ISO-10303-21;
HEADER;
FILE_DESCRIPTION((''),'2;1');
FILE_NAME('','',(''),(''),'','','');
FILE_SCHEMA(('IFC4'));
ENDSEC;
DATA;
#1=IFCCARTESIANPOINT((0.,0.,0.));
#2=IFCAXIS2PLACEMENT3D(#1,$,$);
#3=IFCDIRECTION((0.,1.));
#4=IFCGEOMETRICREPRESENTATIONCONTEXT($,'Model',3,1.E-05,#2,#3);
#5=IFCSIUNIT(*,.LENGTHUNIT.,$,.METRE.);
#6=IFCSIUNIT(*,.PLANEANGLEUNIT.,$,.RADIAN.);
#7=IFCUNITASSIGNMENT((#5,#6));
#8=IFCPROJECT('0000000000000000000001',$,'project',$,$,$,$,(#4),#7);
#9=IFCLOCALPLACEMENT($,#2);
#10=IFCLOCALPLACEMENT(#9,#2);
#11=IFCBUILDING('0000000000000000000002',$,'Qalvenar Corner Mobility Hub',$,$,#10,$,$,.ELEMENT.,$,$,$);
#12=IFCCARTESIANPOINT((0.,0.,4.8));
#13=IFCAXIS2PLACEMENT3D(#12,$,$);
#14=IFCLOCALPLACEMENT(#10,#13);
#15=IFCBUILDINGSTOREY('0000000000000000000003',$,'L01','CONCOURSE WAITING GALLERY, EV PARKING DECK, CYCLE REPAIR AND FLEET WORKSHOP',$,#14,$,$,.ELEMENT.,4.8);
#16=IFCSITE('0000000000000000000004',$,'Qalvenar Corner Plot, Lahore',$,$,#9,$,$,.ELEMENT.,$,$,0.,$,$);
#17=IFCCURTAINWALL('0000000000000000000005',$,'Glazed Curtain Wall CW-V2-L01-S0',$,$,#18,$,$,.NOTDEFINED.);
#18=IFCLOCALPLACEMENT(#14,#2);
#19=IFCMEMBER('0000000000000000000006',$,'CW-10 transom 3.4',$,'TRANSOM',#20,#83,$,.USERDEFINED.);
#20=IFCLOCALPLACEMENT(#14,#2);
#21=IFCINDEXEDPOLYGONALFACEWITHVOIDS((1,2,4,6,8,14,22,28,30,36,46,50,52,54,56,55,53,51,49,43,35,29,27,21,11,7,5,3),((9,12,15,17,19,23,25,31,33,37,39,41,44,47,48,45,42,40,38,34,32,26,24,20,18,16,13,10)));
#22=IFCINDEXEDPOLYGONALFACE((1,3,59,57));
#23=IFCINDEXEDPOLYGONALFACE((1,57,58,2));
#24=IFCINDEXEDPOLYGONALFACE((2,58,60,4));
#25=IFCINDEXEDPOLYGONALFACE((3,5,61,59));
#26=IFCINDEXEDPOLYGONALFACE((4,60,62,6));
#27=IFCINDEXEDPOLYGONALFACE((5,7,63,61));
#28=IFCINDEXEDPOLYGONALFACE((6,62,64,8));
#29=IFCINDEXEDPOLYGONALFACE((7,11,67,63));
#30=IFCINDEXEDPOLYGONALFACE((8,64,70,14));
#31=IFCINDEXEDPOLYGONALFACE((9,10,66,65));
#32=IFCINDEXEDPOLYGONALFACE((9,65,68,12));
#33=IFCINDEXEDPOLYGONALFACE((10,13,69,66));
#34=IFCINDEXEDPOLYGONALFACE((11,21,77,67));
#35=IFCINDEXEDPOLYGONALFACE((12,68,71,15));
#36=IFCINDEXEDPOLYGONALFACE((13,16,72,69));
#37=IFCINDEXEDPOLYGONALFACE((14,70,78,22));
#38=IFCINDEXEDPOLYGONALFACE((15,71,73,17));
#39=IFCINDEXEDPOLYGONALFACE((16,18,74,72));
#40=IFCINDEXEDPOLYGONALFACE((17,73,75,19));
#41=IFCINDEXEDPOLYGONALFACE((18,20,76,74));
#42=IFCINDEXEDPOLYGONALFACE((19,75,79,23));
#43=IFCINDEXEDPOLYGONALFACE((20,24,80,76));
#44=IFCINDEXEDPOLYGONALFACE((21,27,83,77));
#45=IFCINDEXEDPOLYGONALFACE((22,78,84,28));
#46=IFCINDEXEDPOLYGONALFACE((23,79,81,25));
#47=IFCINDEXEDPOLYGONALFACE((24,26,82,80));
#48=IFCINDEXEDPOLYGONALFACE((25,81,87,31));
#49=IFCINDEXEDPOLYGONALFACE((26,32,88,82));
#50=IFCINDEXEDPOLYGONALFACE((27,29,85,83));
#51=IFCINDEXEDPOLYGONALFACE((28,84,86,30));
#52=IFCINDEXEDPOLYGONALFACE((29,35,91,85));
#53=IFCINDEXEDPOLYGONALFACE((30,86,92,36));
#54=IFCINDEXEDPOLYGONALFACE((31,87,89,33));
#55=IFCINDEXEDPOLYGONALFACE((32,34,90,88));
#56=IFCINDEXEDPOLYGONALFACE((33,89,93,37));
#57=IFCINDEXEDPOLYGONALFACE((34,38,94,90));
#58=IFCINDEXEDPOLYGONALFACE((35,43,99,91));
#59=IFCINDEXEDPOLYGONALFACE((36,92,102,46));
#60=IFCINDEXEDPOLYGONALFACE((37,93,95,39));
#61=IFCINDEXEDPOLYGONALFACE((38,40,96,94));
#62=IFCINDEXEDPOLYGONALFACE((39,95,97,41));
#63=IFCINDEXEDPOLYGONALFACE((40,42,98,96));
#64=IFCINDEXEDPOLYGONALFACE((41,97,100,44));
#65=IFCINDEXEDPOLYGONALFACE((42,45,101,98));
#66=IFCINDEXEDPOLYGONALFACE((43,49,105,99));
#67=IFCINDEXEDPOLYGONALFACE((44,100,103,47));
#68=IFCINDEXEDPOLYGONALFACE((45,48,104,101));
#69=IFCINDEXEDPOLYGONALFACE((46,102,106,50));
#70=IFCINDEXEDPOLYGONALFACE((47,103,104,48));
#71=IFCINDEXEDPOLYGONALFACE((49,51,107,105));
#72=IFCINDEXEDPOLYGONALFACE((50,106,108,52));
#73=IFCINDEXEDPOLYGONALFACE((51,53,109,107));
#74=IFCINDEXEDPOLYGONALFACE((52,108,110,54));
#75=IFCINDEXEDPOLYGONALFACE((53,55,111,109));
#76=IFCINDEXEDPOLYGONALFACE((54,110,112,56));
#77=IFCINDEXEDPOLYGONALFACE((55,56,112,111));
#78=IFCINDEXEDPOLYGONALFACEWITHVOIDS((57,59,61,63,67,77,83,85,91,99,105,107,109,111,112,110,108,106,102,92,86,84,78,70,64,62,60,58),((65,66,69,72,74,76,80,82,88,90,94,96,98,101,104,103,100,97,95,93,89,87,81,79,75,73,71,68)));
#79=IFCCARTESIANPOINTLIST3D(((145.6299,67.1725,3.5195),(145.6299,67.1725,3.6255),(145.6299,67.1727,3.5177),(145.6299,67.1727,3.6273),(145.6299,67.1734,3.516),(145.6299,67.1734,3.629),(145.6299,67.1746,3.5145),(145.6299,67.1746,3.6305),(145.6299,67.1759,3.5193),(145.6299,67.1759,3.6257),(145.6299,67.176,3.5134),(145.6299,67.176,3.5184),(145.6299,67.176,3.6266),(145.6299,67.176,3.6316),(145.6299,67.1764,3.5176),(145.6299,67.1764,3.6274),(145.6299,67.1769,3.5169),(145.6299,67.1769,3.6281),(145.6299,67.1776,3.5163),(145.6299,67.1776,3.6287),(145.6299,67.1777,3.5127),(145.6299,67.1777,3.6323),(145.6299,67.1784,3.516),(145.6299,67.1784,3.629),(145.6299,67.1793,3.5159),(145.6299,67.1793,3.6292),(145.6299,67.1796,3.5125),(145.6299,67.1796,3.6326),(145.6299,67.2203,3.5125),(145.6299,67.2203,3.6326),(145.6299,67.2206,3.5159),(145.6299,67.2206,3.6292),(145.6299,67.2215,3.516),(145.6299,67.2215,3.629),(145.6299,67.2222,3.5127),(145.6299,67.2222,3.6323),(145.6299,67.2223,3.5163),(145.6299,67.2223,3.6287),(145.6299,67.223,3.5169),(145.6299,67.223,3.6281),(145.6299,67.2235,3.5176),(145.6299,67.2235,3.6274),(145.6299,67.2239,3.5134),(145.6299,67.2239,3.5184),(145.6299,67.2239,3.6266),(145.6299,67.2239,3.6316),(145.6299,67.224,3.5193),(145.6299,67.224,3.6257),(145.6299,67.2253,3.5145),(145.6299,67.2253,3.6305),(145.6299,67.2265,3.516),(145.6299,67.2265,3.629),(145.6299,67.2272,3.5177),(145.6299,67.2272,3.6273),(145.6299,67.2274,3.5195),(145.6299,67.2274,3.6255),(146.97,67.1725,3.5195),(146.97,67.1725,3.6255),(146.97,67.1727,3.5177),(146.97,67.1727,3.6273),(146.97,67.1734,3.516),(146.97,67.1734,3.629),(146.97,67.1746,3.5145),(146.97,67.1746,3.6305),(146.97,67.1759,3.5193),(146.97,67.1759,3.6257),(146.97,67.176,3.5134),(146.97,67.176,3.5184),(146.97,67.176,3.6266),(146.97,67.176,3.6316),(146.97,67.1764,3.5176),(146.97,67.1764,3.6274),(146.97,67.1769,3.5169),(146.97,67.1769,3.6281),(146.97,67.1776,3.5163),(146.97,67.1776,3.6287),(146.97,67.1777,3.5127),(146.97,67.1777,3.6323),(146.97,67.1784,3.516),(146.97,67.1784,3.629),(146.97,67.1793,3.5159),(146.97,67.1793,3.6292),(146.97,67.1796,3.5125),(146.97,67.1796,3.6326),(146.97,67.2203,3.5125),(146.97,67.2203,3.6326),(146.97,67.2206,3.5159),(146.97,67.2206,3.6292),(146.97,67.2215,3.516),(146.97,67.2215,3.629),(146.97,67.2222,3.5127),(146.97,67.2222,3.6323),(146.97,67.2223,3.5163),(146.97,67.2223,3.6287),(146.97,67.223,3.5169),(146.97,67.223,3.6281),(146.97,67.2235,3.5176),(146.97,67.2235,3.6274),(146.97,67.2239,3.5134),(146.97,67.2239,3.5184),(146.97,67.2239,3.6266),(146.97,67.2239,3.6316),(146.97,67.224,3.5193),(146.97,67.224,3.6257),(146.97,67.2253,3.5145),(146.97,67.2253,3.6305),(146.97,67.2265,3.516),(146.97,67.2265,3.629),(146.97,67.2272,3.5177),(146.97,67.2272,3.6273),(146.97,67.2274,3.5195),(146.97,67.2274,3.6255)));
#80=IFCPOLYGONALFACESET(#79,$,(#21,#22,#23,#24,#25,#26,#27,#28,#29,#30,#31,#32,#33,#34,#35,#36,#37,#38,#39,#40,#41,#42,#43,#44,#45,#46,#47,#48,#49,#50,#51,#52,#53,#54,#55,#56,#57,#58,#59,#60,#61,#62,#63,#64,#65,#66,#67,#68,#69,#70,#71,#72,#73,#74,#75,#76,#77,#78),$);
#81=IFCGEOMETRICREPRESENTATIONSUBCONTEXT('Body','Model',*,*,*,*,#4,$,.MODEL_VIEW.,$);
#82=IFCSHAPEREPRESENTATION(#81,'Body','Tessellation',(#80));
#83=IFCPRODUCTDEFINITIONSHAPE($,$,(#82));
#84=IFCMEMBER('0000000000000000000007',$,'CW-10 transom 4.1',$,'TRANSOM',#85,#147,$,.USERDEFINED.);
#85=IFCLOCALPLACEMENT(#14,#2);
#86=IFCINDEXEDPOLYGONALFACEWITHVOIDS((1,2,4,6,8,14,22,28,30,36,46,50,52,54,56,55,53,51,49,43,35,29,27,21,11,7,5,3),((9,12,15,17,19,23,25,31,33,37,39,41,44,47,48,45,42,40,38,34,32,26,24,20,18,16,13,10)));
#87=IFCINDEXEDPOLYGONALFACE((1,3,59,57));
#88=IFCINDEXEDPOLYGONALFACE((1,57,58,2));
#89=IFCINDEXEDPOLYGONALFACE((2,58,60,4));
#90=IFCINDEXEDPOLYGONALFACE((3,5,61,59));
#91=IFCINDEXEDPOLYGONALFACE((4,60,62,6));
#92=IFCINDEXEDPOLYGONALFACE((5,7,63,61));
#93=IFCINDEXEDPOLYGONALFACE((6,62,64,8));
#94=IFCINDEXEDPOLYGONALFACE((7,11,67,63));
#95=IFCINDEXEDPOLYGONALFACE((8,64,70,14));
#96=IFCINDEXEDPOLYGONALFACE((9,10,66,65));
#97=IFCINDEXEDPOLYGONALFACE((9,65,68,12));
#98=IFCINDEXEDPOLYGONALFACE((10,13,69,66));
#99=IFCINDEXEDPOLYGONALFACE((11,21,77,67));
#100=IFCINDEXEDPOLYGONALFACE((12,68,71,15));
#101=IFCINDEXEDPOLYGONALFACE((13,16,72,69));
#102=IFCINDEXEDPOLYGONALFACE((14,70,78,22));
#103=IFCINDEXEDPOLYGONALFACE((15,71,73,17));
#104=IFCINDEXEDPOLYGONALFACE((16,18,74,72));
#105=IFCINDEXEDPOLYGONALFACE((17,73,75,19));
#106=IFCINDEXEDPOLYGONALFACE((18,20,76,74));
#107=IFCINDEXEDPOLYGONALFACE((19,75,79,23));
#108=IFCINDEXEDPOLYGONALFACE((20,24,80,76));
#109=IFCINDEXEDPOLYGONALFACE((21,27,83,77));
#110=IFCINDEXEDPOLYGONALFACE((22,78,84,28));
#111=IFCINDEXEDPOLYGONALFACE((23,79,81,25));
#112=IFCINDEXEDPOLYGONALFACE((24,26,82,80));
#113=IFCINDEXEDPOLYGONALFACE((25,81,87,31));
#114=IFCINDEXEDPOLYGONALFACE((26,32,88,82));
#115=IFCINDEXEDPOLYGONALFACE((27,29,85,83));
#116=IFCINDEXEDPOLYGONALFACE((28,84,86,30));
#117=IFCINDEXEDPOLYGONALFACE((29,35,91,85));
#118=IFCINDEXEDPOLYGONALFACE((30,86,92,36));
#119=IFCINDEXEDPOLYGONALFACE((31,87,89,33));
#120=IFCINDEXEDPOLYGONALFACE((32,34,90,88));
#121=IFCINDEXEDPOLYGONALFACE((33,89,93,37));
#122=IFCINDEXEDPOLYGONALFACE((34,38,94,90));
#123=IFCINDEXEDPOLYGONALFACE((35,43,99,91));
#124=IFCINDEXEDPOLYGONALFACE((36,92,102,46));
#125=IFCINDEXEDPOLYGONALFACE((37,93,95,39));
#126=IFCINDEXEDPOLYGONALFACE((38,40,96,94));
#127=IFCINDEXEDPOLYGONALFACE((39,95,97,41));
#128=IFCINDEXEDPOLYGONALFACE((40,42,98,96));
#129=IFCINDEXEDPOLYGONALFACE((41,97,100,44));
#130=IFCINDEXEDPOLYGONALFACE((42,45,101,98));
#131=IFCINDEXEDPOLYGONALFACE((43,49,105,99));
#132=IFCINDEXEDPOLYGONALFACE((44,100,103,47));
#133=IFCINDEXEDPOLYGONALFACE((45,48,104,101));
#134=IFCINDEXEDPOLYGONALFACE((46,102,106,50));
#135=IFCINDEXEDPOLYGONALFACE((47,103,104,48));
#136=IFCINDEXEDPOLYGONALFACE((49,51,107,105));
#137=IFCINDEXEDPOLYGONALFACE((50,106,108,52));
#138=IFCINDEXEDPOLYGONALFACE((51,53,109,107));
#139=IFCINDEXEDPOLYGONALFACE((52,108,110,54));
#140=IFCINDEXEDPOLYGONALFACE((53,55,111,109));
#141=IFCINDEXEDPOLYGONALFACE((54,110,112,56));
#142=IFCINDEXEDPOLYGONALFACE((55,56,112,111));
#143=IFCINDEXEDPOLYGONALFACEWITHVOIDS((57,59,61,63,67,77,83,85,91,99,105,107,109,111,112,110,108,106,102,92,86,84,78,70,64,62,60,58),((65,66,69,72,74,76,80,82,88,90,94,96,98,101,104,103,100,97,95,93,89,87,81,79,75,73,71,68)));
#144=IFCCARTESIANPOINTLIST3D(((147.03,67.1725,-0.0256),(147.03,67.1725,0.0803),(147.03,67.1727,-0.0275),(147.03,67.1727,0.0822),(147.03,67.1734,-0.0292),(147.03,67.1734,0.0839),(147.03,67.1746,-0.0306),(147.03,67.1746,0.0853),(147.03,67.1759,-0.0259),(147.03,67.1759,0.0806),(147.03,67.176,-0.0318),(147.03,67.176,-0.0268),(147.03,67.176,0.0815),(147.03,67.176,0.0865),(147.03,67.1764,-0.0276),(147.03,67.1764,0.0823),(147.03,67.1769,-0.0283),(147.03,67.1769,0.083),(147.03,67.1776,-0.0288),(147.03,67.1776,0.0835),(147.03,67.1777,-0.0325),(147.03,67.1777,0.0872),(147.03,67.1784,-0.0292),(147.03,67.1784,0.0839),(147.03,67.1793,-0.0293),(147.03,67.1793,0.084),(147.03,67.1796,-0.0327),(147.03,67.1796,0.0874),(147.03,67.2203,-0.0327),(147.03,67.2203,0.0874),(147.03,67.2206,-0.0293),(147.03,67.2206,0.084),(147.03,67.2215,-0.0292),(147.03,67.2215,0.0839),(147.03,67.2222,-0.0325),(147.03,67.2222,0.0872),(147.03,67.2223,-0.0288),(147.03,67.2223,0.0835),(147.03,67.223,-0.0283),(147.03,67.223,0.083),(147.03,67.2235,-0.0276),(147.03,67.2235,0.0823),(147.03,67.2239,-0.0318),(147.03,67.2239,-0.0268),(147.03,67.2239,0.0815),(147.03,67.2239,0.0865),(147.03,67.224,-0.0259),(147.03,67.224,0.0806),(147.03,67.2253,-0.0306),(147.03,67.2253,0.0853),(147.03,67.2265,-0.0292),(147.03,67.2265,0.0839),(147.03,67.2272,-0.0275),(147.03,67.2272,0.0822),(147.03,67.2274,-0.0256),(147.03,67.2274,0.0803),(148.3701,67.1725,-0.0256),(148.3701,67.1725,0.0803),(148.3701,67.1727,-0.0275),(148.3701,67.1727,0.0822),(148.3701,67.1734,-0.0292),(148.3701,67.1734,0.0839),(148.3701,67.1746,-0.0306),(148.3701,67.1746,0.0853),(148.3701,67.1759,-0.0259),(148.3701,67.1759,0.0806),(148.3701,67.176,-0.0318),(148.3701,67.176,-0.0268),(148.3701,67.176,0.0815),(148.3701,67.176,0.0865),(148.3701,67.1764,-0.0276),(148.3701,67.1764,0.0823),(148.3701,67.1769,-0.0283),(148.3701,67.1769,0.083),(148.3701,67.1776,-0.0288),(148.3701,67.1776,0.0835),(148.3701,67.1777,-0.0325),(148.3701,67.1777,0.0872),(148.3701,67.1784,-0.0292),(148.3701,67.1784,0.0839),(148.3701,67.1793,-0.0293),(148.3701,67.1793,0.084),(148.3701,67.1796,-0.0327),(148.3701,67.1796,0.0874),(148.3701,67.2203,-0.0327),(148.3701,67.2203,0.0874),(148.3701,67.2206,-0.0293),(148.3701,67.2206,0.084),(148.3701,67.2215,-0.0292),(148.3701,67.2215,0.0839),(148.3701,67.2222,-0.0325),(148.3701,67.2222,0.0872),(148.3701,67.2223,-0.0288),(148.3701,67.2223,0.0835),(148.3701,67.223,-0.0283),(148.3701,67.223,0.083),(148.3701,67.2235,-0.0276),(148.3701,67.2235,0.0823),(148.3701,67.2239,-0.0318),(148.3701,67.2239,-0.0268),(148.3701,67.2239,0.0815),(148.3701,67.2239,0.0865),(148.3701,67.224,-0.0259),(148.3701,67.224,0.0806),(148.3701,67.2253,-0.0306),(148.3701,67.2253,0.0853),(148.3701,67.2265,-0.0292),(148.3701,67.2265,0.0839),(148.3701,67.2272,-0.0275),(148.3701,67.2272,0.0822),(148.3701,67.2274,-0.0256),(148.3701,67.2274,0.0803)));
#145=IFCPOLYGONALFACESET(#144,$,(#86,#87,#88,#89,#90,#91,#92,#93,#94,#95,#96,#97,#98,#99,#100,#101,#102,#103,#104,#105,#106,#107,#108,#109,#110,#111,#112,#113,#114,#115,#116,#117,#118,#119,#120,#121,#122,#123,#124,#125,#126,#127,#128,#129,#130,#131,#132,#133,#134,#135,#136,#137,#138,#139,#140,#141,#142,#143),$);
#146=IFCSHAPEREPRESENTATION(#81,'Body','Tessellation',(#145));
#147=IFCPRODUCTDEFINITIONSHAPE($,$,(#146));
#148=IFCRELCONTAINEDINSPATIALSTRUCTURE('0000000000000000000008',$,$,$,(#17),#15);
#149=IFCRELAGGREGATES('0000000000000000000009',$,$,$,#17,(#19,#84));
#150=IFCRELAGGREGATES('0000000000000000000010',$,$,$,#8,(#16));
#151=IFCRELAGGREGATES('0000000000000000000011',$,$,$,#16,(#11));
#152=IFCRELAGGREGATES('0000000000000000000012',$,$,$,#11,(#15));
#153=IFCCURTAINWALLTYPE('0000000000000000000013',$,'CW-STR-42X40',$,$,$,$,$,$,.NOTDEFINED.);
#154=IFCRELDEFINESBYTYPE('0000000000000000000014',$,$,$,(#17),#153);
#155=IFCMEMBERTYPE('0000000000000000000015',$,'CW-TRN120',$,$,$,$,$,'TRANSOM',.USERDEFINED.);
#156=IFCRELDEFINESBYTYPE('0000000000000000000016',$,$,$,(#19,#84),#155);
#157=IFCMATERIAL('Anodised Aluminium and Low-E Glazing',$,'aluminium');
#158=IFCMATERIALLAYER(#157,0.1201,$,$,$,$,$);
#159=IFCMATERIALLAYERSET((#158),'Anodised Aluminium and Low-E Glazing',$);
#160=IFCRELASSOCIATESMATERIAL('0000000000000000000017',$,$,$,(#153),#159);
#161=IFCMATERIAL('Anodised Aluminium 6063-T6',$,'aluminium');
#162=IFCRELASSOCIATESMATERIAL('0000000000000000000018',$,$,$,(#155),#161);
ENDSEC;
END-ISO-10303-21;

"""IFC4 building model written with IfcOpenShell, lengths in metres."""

from ifc_helpers import new_model, si_unit, direction, frame, origin, origin_2d, place, context, subcontext, project, spatial, hollow_rectangle, extrude, material, layer, layer_set, material_profile, profile_set, type_object, element, aggregate, save


model = new_model("IFC4")

# Units and contexts
model_context = context("Model", 3, precision=1e-05, world=origin(), true_north=direction((0.0, 1.0)))
body_context = subcontext(model_context, "Body", "Model", "MODEL_VIEW")
ifc_project = project(units=[si_unit("LENGTHUNIT", "METRE"), si_unit("PLANEANGLEUNIT", "RADIAN")], contexts=[model_context])

# Site, building, storey
site_placement = place(None, origin())
site = spatial("IfcSite", under=ifc_project, at=site_placement, Name="Qalvenar Corner Plot, Lahore", CompositionType="ELEMENT", RefElevation=0.0)
building_placement = place(site_placement, origin())
building = spatial("IfcBuilding", under=site, at=building_placement, Name="Qalvenar Corner Mobility Hub", CompositionType="ELEMENT")
storey_placement = place(building_placement, frame((0.0, 0.0, 4.8)))
storey = spatial("IfcBuildingStorey", under=building, at=storey_placement, Name="L01", Description="CONCOURSE WAITING GALLERY, EV PARKING DECK, CYCLE REPAIR AND FLEET WORKSHOP", CompositionType="ELEMENT", Elevation=4.8)

# Curtain wall, members
ifc_material_1 = material(Name="Anodised Aluminium and Low-E Glazing", Category="aluminium")
ifc_layer_1 = layer(ifc_material_1, 0.1201)
ifc_layer_set_1 = layer_set([ifc_layer_1], Name="Anodised Aluminium and Low-E Glazing")
curtain_wall_type = type_object("IfcCurtainWallType", Name="CW-STR-42X40", PredefinedType="NOTDEFINED", material=ifc_layer_set_1)
curtain_wall_placement = place(storey_placement, origin())
curtain_wall = element("IfcCurtainWall", 1, at=curtain_wall_placement, inside=storey, type_object=curtain_wall_type, Name="Glazed Curtain Wall CW-V2-L01-S0", PredefinedType="NOTDEFINED")
ifc_material_2 = material(Name="Anodised Aluminium 6063-T6", Category="aluminium")
ifc_material_profile_1 = material_profile(ifc_material_2, hollow_rectangle(XDim=0.0549, YDim=0.1201, WallThickness=0.0034, InnerFilletRadius=0.0034, OuterFilletRadius=0.0071, at=origin_2d()), Name="RHS120x55x3.5")
ifc_profile_set_1 = profile_set([ifc_material_profile_1], Name="Anodised Aluminium 6063-T6")
member_type_1 = type_object("IfcMemberType", Name="CW-TRN120", ElementType="TRANSOM", PredefinedType="USERDEFINED", material=ifc_profile_set_1)
member_1_placement = place(storey_placement, frame((145.6299, 67.2, 3.5725), z_axis=(1.0, 0.0, 0.0), x_axis=(0.0, 1.0, 0.0)))
member_1 = element("IfcMember", 2, at=member_1_placement, type_object=member_type_1, Name="CW-10 transom 3.4", ObjectType="TRANSOM", PredefinedType="USERDEFINED", context=body_context, shape_type="SweptSolid", body=[
    extrude(hollow_rectangle(XDim=0.0549, YDim=0.1201, WallThickness=0.0034, InnerFilletRadius=0.0034, OuterFilletRadius=0.0071, at=origin_2d()), origin(), (0.0, 0.0, 1.0), 1.3401),
])
member_2_placement = place(storey_placement, frame((147.03, 67.2, 0.0273), z_axis=(1.0, 0.0, 0.0), x_axis=(0.0, 1.0, 0.0)))
member_2 = element("IfcMember", 3, at=member_2_placement, type_object=member_type_1, Name="CW-10 transom 4.1", ObjectType="TRANSOM", PredefinedType="USERDEFINED", context=body_context, shape_type="SweptSolid", body=[
    extrude(hollow_rectangle(XDim=0.0549, YDim=0.1201, WallThickness=0.0034, InnerFilletRadius=0.0034, OuterFilletRadius=0.0071, at=origin_2d()), origin(), (0.0, 0.0, 1.0), 1.3401),
])
aggregate(curtain_wall, [member_1, member_2])

save(model, "model.ifc")
